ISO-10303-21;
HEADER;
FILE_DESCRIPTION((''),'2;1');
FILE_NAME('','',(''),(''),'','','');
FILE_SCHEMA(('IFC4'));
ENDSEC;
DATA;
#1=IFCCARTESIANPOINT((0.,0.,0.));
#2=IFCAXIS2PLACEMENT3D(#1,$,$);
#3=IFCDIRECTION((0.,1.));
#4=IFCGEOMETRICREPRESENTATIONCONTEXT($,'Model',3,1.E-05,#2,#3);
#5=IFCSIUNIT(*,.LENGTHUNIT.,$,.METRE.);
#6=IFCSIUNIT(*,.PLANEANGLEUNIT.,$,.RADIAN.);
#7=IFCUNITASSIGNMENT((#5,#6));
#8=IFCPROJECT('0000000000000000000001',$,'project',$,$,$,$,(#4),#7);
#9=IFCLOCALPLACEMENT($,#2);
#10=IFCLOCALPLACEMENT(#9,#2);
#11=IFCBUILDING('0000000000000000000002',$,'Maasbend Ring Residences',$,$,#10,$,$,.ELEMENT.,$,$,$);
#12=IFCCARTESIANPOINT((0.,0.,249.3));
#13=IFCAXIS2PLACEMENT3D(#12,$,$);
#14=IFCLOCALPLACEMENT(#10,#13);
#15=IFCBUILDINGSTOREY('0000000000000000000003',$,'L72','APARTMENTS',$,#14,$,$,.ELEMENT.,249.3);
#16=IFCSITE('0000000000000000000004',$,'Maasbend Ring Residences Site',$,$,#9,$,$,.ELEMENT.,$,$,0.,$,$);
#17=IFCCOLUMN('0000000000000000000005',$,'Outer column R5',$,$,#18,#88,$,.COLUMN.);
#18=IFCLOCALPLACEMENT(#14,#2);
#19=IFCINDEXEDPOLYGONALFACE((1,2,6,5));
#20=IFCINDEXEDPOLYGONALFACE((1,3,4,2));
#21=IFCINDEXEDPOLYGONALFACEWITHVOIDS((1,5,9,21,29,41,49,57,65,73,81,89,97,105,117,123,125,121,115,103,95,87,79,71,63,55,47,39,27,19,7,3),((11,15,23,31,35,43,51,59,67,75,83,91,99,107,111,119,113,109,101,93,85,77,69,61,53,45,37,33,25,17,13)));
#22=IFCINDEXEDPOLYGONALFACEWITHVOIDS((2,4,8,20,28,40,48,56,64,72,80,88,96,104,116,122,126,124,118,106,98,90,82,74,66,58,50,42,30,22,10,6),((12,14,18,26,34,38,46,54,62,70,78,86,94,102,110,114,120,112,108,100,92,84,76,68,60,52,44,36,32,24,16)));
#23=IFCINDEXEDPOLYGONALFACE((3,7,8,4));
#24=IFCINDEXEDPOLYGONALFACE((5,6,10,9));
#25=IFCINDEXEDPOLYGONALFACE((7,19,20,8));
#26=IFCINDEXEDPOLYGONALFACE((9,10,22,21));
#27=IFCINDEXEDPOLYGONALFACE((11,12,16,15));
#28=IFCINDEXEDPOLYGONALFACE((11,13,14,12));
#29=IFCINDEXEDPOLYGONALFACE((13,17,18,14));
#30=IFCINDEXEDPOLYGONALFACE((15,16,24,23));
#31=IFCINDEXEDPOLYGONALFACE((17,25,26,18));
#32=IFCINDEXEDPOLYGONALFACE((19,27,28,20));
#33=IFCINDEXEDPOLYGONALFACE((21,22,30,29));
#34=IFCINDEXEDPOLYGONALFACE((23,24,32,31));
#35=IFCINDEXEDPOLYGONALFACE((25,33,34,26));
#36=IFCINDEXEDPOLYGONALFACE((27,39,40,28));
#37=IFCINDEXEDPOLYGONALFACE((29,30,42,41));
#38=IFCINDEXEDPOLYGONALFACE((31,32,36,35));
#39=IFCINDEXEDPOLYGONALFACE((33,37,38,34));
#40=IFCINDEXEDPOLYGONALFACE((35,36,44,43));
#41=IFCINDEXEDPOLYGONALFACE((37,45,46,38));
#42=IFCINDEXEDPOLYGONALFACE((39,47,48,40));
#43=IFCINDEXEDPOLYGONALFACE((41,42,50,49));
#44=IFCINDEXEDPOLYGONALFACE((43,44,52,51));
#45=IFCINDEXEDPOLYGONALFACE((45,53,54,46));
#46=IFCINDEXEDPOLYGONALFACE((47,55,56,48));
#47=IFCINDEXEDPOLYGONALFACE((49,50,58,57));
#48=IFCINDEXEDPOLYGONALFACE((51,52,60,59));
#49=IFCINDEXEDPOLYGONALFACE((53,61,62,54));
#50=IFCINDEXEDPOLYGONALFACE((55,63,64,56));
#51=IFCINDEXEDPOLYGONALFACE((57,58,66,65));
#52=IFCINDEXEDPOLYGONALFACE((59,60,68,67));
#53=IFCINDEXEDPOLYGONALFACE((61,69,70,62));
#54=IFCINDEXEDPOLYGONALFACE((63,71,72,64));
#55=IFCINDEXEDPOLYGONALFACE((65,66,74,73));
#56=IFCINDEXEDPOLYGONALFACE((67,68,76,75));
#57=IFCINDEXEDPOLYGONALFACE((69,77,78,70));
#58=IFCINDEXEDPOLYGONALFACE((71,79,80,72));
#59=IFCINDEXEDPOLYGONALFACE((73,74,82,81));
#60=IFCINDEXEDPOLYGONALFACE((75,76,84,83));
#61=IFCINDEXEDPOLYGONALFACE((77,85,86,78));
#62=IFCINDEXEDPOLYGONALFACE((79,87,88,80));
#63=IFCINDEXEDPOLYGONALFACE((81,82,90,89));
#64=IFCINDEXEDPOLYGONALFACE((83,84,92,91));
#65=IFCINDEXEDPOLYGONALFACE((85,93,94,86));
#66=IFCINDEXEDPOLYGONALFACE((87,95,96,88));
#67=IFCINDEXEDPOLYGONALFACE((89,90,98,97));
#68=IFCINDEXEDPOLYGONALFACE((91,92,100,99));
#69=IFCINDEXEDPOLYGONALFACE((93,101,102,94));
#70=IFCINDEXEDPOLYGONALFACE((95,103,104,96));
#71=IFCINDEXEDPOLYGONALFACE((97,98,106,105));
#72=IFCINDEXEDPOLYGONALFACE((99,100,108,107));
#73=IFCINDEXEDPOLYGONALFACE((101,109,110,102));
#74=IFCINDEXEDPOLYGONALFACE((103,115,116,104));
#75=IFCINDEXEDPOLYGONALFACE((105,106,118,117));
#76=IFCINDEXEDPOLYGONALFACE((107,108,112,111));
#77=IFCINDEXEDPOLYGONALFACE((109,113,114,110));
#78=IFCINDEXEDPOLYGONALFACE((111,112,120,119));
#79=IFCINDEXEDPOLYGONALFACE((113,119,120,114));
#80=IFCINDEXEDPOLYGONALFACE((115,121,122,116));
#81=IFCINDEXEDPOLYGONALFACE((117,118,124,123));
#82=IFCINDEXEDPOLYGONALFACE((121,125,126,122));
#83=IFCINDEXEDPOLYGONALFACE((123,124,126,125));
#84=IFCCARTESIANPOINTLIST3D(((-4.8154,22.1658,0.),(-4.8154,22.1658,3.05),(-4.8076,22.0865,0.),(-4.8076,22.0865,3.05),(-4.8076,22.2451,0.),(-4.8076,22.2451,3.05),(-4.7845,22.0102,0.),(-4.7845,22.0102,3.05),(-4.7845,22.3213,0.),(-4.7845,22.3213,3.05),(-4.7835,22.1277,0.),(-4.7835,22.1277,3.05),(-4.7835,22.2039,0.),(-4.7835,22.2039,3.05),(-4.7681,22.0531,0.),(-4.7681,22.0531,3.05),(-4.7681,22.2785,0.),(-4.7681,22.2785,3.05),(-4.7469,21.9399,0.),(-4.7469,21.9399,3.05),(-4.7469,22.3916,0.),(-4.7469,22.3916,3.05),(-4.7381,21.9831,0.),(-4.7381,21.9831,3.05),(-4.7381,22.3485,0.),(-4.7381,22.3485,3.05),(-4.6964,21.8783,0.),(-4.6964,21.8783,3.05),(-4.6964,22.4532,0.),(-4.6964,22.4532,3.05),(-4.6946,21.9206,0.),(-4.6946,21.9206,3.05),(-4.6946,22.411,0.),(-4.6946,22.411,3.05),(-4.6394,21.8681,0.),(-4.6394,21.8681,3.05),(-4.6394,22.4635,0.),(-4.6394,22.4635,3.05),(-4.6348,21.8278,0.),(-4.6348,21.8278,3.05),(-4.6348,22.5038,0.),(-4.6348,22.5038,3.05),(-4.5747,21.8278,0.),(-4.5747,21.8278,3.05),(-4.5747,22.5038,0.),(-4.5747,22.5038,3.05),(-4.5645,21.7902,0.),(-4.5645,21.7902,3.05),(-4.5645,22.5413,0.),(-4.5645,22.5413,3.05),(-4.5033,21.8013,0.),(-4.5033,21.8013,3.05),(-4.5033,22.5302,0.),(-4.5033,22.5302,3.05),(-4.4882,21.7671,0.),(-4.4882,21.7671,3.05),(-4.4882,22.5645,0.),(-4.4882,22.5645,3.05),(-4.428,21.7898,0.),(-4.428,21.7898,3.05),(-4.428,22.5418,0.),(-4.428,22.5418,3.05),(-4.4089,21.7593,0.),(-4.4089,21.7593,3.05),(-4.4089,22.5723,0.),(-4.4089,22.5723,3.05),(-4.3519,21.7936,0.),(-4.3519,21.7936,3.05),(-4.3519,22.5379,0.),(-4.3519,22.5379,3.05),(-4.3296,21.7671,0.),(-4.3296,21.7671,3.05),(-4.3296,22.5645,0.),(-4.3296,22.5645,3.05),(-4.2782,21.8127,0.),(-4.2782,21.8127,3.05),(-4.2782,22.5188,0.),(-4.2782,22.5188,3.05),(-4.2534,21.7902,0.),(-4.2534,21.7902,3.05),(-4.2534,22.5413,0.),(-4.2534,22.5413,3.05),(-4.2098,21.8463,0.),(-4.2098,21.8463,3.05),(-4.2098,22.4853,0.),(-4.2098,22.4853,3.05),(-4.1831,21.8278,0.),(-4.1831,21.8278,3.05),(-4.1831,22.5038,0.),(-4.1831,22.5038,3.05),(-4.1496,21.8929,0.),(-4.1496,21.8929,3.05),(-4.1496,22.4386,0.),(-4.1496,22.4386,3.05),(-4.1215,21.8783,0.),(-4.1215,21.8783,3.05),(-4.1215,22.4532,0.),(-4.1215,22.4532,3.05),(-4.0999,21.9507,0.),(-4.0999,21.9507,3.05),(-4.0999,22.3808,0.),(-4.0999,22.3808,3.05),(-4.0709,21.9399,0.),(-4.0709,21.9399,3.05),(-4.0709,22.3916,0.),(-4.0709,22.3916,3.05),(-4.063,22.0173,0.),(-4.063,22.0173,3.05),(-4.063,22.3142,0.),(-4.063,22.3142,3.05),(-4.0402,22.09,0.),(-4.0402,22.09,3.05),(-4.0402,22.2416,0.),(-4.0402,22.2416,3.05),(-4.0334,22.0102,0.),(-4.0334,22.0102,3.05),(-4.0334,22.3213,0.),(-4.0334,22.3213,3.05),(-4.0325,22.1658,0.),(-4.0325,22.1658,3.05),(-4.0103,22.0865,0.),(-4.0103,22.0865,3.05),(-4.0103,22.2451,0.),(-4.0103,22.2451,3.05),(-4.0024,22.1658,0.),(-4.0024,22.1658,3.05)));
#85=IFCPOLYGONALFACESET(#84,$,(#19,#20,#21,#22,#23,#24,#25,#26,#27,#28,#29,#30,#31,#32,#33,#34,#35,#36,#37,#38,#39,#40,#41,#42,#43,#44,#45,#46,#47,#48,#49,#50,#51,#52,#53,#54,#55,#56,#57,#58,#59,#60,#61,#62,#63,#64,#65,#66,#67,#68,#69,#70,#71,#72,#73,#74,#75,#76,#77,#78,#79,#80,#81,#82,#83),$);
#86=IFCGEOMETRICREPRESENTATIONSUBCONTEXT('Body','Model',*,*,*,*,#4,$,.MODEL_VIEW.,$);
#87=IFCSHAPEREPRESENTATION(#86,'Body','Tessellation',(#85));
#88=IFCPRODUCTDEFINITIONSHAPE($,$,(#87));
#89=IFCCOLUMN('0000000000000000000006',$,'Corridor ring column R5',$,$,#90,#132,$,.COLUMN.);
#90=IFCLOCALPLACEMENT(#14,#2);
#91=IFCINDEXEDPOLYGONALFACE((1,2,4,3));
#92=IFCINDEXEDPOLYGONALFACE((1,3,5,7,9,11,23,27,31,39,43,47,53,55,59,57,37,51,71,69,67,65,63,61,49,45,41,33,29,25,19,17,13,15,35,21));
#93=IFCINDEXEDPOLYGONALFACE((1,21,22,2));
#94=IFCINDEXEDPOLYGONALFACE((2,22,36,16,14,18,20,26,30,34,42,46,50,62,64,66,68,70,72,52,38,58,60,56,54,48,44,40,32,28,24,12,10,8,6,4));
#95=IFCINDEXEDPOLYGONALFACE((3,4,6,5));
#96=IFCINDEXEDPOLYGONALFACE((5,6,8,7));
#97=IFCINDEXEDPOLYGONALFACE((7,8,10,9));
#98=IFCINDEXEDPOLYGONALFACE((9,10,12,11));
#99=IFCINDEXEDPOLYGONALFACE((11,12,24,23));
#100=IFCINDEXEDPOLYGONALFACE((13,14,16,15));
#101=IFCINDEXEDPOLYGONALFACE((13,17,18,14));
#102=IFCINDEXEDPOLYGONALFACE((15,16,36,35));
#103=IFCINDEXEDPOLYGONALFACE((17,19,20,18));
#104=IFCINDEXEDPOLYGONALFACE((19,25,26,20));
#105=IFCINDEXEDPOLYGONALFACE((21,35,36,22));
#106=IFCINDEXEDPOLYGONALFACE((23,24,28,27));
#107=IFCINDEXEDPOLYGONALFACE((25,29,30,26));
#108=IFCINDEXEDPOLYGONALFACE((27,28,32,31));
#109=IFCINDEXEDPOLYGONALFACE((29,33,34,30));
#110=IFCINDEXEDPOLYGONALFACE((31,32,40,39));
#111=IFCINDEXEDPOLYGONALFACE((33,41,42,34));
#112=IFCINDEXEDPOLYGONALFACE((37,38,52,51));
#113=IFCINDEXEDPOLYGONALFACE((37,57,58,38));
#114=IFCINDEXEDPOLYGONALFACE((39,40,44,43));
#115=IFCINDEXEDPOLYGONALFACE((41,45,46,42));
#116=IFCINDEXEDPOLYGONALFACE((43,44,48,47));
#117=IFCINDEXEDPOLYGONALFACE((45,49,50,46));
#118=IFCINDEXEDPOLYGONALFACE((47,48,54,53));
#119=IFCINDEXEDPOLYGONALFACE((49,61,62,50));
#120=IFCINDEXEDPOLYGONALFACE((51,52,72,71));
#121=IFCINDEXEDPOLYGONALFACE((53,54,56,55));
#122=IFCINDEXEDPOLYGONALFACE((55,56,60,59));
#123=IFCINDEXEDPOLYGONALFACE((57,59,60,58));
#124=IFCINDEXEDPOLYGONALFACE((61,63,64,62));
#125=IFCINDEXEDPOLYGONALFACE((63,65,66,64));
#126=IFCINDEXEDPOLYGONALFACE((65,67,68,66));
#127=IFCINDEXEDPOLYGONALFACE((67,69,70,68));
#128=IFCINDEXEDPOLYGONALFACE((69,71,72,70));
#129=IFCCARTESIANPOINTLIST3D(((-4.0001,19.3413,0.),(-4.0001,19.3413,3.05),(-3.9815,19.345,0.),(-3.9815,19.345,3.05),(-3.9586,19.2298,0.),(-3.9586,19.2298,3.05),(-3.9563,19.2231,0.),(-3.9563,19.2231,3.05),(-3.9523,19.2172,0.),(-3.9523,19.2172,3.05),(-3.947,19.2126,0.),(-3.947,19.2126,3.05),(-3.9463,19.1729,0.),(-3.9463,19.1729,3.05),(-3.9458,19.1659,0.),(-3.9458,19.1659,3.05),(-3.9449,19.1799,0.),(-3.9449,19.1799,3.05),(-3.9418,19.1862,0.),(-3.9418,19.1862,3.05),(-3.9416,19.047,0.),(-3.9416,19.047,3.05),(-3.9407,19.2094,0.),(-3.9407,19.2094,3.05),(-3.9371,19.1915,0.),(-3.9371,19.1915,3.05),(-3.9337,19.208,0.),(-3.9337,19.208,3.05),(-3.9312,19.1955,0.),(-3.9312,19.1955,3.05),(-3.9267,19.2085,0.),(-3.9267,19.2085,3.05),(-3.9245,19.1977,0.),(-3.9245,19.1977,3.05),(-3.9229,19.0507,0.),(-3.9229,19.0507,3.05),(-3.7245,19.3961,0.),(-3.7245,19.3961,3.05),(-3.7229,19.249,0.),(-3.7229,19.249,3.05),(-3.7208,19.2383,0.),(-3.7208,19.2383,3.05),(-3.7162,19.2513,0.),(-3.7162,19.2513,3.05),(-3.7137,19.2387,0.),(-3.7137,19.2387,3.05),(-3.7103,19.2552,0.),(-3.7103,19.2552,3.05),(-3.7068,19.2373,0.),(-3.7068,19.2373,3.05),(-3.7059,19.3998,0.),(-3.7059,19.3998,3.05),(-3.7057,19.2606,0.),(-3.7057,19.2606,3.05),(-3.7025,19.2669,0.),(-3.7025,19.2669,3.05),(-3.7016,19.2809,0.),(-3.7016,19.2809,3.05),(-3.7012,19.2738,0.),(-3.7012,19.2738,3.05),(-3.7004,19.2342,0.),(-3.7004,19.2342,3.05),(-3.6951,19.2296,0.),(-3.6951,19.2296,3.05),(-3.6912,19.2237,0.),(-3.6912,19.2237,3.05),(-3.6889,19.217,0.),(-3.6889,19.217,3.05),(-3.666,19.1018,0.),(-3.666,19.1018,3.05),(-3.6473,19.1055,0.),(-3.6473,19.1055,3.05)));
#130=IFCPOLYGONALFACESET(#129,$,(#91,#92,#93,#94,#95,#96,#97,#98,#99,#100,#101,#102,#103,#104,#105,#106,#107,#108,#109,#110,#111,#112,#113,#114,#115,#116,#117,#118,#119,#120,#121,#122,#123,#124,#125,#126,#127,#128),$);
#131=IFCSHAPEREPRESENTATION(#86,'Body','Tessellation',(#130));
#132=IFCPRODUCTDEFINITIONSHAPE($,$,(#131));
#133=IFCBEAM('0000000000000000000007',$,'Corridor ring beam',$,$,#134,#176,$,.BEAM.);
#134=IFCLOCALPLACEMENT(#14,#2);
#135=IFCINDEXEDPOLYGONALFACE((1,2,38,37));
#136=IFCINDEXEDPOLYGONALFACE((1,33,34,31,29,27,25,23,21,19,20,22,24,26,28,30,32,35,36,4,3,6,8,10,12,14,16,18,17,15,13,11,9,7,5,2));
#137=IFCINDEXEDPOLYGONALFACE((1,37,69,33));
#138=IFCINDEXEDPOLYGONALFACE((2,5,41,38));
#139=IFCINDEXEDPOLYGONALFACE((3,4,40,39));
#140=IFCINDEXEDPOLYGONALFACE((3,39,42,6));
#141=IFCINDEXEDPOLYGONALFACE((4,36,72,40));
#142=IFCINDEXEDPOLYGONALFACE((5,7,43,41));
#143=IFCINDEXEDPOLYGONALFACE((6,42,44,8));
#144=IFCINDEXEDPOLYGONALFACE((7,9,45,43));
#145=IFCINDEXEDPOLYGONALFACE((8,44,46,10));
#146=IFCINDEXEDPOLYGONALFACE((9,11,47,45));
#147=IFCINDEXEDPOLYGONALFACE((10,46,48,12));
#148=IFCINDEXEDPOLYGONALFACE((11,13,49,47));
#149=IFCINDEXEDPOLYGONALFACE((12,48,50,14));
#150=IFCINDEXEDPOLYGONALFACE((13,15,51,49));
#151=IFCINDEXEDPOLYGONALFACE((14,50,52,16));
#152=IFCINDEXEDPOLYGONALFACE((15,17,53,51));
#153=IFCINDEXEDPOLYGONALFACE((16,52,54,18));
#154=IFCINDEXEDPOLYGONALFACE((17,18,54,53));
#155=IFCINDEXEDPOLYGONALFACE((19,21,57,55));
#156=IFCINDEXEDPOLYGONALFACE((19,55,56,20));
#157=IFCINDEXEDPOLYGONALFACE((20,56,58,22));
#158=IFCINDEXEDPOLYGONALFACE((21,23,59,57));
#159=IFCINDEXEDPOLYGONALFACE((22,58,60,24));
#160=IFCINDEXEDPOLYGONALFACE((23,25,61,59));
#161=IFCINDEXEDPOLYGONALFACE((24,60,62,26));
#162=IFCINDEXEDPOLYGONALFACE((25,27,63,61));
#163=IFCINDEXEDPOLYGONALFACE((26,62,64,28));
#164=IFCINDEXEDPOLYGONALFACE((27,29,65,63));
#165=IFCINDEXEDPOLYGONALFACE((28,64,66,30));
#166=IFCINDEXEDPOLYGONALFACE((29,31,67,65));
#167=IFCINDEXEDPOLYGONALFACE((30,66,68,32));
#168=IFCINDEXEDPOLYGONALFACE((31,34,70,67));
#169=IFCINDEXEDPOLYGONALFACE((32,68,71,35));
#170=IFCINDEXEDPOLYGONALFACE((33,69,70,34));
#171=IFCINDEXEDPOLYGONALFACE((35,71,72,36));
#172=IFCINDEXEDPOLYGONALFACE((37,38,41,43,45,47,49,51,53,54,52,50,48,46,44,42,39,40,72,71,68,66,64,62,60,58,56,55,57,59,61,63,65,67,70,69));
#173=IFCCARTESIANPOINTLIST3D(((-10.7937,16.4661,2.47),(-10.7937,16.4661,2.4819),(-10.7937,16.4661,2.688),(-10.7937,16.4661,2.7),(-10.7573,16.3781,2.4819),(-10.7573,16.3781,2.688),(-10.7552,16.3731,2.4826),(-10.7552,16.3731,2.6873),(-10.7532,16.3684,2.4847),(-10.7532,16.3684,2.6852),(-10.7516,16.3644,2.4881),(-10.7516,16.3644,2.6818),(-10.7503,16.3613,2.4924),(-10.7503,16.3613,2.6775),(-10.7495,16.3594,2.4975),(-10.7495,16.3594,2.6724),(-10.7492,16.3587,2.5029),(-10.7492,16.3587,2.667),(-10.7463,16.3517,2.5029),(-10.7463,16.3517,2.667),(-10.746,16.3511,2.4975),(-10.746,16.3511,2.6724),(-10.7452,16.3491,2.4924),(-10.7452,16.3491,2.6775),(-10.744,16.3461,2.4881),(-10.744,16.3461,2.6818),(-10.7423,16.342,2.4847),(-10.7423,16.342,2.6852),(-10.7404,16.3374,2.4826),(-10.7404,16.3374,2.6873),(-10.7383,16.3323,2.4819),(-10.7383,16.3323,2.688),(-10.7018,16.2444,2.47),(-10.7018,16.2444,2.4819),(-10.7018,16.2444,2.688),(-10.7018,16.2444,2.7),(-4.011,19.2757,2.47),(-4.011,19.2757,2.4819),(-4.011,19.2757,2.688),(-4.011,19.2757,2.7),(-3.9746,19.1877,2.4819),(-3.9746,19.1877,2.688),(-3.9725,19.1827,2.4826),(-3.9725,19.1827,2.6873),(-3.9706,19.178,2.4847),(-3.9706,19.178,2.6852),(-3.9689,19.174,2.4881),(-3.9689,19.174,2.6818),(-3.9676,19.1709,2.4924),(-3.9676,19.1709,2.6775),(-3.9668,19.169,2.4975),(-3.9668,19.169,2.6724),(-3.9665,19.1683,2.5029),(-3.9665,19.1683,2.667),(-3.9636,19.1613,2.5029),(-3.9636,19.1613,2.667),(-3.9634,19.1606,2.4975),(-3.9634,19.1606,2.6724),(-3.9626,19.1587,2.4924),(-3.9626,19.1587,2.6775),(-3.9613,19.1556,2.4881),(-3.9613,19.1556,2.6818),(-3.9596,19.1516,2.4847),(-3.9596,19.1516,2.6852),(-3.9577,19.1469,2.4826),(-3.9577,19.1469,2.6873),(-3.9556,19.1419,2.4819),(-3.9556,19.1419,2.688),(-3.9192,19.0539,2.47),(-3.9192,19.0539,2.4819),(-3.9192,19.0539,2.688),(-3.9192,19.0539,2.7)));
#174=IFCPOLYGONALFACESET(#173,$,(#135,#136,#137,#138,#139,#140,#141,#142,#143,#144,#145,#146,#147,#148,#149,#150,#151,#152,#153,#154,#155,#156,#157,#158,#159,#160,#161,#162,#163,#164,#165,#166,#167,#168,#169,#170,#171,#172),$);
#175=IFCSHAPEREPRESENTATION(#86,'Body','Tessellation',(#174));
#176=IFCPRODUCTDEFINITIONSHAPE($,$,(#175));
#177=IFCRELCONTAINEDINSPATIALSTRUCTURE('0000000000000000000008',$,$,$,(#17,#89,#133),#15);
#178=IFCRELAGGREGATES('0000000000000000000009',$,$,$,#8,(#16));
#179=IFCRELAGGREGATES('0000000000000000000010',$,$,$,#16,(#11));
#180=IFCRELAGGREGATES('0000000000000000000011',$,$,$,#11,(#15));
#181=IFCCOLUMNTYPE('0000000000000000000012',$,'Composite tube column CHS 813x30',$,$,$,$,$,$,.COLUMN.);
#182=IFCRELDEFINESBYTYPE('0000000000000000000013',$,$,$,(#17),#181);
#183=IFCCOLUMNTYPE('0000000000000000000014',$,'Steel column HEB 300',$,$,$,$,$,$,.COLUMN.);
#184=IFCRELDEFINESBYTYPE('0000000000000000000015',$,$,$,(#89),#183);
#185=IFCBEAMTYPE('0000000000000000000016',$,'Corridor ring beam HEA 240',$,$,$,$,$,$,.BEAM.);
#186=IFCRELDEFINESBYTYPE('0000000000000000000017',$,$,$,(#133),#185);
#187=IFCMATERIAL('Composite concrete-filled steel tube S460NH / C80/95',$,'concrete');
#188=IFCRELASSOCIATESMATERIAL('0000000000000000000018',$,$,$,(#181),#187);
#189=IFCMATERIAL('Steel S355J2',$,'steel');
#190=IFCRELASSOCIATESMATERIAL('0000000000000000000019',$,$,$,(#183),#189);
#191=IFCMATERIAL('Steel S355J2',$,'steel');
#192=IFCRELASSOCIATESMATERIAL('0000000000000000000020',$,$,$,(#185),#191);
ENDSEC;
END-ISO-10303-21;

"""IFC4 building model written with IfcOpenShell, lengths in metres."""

from ifc_helpers import new_model, si_unit, direction, frame, origin, origin_2d, place, context, subcontext, project, spatial, hollow_circle, i_section, extrude, material, material_profile, profile_set, type_object, element, save


model = new_model("IFC4")

# Units and contexts
model_context = context("Model", 3, precision=1e-05, world=origin(), true_north=direction((0.0, 1.0)))
body_context = subcontext(model_context, "Body", "Model", "MODEL_VIEW")
ifc_project = project(units=[si_unit("LENGTHUNIT", "METRE"), si_unit("PLANEANGLEUNIT", "RADIAN")], contexts=[model_context])

# Site, building, storey
site_placement = place(None, origin())
site = spatial("IfcSite", under=ifc_project, at=site_placement, Name="Maasbend Ring Residences Site", CompositionType="ELEMENT", RefElevation=0.0)
building_placement = place(site_placement, origin())
building = spatial("IfcBuilding", under=site, at=building_placement, Name="Maasbend Ring Residences", CompositionType="ELEMENT")
storey_placement = place(building_placement, frame((0.0, 0.0, 249.3)))
storey = spatial("IfcBuildingStorey", under=building, at=storey_placement, Name="L72", Description="APARTMENTS", CompositionType="ELEMENT", Elevation=249.3)

# Columns
ifc_material_1 = material(Name="Composite concrete-filled steel tube S460NH / C80/95", Category="concrete")
ifc_material_profile_1 = material_profile(ifc_material_1, hollow_circle(Radius=0.4065, WallThickness=0.03, at=origin_2d()), Name="Composite tube column CHS 813x30")
ifc_profile_set_1 = profile_set([ifc_material_profile_1], Name="Composite concrete-filled steel tube S460NH / C80/95")
column_type_1 = type_object("IfcColumnType", Name="Composite tube column CHS 813x30", PredefinedType="COLUMN", material=ifc_profile_set_1)
column_1_placement = place(storey_placement, frame((-4.4089, 22.1658, 0.0), z_axis=(0.0, 0.0, 1.0), x_axis=(1.0, 0.0, 0.0)))
element("IfcColumn", 1, at=column_1_placement, inside=storey, type_object=column_type_1, Name="Outer column R5", PredefinedType="COLUMN", context=body_context, shape_type="SweptSolid", body=[
    extrude(hollow_circle(Radius=0.4065, WallThickness=0.03, at=origin_2d()), origin(), (0.0, 0.0, 1.0), 3.05),
])
ifc_material_2 = material(Name="Steel S355J2", Category="steel")
ifc_material_profile_2 = material_profile(ifc_material_2, i_section(OverallWidth=0.3, OverallDepth=0.3, WebThickness=0.011, FlangeThickness=0.019, FilletRadius=0.0271, at=origin_2d()), Name="HEB 300")
ifc_profile_set_2 = profile_set([ifc_material_profile_2], Name="Steel S355J2")
column_type_2 = type_object("IfcColumnType", Name="Steel column HEB 300", PredefinedType="COLUMN", material=ifc_profile_set_2)
column_2_placement = place(storey_placement, frame((-3.8237, 19.2234, 0.0), z_axis=(0.0, 0.0, 1.0), x_axis=(-0.19509, 0.980785, 0.0)))
element("IfcColumn", 2, at=column_2_placement, inside=storey, type_object=column_type_2, Name="Corridor ring column R5", PredefinedType="COLUMN", context=body_context, shape_type="SweptSolid", body=[
    extrude(i_section(OverallWidth=0.3, OverallDepth=0.3, WebThickness=0.011, FlangeThickness=0.019, FilletRadius=0.0271, at=origin_2d()), origin(), (0.0, 0.0, 1.0), 3.05),
])

# Beam
ifc_material_3 = material(Name="Steel S355J2", Category="steel")
ifc_material_profile_3 = material_profile(ifc_material_3, i_section(OverallWidth=0.24, OverallDepth=0.23, WebThickness=0.0076, FlangeThickness=0.012, FilletRadius=0.021, at=origin_2d()), Name="HEA 240")
ifc_profile_set_3 = profile_set([ifc_material_profile_3], Name="Steel S355J2")
beam_type_1 = type_object("IfcBeamType", Name="Corridor ring beam HEA 240", PredefinedType="BEAM", material=ifc_profile_set_3)
beam_1_placement = place(storey_placement, frame((-3.9651, 19.1648, 2.585), z_axis=(-0.923876, -0.382692, 0.0), x_axis=(0.382692, -0.923876, 0.0)))
element("IfcBeam", 3, at=beam_1_placement, inside=storey, type_object=beam_type_1, Name="Corridor ring beam", PredefinedType="BEAM", context=body_context, shape_type="SweptSolid", body=[
    extrude(i_section(OverallWidth=0.24, OverallDepth=0.23, WebThickness=0.0076, FlangeThickness=0.012, FilletRadius=0.021, at=origin_2d()), origin(), (0.0, 0.0, 1.0), 7.3416),
])

save(model, "model.ifc")
